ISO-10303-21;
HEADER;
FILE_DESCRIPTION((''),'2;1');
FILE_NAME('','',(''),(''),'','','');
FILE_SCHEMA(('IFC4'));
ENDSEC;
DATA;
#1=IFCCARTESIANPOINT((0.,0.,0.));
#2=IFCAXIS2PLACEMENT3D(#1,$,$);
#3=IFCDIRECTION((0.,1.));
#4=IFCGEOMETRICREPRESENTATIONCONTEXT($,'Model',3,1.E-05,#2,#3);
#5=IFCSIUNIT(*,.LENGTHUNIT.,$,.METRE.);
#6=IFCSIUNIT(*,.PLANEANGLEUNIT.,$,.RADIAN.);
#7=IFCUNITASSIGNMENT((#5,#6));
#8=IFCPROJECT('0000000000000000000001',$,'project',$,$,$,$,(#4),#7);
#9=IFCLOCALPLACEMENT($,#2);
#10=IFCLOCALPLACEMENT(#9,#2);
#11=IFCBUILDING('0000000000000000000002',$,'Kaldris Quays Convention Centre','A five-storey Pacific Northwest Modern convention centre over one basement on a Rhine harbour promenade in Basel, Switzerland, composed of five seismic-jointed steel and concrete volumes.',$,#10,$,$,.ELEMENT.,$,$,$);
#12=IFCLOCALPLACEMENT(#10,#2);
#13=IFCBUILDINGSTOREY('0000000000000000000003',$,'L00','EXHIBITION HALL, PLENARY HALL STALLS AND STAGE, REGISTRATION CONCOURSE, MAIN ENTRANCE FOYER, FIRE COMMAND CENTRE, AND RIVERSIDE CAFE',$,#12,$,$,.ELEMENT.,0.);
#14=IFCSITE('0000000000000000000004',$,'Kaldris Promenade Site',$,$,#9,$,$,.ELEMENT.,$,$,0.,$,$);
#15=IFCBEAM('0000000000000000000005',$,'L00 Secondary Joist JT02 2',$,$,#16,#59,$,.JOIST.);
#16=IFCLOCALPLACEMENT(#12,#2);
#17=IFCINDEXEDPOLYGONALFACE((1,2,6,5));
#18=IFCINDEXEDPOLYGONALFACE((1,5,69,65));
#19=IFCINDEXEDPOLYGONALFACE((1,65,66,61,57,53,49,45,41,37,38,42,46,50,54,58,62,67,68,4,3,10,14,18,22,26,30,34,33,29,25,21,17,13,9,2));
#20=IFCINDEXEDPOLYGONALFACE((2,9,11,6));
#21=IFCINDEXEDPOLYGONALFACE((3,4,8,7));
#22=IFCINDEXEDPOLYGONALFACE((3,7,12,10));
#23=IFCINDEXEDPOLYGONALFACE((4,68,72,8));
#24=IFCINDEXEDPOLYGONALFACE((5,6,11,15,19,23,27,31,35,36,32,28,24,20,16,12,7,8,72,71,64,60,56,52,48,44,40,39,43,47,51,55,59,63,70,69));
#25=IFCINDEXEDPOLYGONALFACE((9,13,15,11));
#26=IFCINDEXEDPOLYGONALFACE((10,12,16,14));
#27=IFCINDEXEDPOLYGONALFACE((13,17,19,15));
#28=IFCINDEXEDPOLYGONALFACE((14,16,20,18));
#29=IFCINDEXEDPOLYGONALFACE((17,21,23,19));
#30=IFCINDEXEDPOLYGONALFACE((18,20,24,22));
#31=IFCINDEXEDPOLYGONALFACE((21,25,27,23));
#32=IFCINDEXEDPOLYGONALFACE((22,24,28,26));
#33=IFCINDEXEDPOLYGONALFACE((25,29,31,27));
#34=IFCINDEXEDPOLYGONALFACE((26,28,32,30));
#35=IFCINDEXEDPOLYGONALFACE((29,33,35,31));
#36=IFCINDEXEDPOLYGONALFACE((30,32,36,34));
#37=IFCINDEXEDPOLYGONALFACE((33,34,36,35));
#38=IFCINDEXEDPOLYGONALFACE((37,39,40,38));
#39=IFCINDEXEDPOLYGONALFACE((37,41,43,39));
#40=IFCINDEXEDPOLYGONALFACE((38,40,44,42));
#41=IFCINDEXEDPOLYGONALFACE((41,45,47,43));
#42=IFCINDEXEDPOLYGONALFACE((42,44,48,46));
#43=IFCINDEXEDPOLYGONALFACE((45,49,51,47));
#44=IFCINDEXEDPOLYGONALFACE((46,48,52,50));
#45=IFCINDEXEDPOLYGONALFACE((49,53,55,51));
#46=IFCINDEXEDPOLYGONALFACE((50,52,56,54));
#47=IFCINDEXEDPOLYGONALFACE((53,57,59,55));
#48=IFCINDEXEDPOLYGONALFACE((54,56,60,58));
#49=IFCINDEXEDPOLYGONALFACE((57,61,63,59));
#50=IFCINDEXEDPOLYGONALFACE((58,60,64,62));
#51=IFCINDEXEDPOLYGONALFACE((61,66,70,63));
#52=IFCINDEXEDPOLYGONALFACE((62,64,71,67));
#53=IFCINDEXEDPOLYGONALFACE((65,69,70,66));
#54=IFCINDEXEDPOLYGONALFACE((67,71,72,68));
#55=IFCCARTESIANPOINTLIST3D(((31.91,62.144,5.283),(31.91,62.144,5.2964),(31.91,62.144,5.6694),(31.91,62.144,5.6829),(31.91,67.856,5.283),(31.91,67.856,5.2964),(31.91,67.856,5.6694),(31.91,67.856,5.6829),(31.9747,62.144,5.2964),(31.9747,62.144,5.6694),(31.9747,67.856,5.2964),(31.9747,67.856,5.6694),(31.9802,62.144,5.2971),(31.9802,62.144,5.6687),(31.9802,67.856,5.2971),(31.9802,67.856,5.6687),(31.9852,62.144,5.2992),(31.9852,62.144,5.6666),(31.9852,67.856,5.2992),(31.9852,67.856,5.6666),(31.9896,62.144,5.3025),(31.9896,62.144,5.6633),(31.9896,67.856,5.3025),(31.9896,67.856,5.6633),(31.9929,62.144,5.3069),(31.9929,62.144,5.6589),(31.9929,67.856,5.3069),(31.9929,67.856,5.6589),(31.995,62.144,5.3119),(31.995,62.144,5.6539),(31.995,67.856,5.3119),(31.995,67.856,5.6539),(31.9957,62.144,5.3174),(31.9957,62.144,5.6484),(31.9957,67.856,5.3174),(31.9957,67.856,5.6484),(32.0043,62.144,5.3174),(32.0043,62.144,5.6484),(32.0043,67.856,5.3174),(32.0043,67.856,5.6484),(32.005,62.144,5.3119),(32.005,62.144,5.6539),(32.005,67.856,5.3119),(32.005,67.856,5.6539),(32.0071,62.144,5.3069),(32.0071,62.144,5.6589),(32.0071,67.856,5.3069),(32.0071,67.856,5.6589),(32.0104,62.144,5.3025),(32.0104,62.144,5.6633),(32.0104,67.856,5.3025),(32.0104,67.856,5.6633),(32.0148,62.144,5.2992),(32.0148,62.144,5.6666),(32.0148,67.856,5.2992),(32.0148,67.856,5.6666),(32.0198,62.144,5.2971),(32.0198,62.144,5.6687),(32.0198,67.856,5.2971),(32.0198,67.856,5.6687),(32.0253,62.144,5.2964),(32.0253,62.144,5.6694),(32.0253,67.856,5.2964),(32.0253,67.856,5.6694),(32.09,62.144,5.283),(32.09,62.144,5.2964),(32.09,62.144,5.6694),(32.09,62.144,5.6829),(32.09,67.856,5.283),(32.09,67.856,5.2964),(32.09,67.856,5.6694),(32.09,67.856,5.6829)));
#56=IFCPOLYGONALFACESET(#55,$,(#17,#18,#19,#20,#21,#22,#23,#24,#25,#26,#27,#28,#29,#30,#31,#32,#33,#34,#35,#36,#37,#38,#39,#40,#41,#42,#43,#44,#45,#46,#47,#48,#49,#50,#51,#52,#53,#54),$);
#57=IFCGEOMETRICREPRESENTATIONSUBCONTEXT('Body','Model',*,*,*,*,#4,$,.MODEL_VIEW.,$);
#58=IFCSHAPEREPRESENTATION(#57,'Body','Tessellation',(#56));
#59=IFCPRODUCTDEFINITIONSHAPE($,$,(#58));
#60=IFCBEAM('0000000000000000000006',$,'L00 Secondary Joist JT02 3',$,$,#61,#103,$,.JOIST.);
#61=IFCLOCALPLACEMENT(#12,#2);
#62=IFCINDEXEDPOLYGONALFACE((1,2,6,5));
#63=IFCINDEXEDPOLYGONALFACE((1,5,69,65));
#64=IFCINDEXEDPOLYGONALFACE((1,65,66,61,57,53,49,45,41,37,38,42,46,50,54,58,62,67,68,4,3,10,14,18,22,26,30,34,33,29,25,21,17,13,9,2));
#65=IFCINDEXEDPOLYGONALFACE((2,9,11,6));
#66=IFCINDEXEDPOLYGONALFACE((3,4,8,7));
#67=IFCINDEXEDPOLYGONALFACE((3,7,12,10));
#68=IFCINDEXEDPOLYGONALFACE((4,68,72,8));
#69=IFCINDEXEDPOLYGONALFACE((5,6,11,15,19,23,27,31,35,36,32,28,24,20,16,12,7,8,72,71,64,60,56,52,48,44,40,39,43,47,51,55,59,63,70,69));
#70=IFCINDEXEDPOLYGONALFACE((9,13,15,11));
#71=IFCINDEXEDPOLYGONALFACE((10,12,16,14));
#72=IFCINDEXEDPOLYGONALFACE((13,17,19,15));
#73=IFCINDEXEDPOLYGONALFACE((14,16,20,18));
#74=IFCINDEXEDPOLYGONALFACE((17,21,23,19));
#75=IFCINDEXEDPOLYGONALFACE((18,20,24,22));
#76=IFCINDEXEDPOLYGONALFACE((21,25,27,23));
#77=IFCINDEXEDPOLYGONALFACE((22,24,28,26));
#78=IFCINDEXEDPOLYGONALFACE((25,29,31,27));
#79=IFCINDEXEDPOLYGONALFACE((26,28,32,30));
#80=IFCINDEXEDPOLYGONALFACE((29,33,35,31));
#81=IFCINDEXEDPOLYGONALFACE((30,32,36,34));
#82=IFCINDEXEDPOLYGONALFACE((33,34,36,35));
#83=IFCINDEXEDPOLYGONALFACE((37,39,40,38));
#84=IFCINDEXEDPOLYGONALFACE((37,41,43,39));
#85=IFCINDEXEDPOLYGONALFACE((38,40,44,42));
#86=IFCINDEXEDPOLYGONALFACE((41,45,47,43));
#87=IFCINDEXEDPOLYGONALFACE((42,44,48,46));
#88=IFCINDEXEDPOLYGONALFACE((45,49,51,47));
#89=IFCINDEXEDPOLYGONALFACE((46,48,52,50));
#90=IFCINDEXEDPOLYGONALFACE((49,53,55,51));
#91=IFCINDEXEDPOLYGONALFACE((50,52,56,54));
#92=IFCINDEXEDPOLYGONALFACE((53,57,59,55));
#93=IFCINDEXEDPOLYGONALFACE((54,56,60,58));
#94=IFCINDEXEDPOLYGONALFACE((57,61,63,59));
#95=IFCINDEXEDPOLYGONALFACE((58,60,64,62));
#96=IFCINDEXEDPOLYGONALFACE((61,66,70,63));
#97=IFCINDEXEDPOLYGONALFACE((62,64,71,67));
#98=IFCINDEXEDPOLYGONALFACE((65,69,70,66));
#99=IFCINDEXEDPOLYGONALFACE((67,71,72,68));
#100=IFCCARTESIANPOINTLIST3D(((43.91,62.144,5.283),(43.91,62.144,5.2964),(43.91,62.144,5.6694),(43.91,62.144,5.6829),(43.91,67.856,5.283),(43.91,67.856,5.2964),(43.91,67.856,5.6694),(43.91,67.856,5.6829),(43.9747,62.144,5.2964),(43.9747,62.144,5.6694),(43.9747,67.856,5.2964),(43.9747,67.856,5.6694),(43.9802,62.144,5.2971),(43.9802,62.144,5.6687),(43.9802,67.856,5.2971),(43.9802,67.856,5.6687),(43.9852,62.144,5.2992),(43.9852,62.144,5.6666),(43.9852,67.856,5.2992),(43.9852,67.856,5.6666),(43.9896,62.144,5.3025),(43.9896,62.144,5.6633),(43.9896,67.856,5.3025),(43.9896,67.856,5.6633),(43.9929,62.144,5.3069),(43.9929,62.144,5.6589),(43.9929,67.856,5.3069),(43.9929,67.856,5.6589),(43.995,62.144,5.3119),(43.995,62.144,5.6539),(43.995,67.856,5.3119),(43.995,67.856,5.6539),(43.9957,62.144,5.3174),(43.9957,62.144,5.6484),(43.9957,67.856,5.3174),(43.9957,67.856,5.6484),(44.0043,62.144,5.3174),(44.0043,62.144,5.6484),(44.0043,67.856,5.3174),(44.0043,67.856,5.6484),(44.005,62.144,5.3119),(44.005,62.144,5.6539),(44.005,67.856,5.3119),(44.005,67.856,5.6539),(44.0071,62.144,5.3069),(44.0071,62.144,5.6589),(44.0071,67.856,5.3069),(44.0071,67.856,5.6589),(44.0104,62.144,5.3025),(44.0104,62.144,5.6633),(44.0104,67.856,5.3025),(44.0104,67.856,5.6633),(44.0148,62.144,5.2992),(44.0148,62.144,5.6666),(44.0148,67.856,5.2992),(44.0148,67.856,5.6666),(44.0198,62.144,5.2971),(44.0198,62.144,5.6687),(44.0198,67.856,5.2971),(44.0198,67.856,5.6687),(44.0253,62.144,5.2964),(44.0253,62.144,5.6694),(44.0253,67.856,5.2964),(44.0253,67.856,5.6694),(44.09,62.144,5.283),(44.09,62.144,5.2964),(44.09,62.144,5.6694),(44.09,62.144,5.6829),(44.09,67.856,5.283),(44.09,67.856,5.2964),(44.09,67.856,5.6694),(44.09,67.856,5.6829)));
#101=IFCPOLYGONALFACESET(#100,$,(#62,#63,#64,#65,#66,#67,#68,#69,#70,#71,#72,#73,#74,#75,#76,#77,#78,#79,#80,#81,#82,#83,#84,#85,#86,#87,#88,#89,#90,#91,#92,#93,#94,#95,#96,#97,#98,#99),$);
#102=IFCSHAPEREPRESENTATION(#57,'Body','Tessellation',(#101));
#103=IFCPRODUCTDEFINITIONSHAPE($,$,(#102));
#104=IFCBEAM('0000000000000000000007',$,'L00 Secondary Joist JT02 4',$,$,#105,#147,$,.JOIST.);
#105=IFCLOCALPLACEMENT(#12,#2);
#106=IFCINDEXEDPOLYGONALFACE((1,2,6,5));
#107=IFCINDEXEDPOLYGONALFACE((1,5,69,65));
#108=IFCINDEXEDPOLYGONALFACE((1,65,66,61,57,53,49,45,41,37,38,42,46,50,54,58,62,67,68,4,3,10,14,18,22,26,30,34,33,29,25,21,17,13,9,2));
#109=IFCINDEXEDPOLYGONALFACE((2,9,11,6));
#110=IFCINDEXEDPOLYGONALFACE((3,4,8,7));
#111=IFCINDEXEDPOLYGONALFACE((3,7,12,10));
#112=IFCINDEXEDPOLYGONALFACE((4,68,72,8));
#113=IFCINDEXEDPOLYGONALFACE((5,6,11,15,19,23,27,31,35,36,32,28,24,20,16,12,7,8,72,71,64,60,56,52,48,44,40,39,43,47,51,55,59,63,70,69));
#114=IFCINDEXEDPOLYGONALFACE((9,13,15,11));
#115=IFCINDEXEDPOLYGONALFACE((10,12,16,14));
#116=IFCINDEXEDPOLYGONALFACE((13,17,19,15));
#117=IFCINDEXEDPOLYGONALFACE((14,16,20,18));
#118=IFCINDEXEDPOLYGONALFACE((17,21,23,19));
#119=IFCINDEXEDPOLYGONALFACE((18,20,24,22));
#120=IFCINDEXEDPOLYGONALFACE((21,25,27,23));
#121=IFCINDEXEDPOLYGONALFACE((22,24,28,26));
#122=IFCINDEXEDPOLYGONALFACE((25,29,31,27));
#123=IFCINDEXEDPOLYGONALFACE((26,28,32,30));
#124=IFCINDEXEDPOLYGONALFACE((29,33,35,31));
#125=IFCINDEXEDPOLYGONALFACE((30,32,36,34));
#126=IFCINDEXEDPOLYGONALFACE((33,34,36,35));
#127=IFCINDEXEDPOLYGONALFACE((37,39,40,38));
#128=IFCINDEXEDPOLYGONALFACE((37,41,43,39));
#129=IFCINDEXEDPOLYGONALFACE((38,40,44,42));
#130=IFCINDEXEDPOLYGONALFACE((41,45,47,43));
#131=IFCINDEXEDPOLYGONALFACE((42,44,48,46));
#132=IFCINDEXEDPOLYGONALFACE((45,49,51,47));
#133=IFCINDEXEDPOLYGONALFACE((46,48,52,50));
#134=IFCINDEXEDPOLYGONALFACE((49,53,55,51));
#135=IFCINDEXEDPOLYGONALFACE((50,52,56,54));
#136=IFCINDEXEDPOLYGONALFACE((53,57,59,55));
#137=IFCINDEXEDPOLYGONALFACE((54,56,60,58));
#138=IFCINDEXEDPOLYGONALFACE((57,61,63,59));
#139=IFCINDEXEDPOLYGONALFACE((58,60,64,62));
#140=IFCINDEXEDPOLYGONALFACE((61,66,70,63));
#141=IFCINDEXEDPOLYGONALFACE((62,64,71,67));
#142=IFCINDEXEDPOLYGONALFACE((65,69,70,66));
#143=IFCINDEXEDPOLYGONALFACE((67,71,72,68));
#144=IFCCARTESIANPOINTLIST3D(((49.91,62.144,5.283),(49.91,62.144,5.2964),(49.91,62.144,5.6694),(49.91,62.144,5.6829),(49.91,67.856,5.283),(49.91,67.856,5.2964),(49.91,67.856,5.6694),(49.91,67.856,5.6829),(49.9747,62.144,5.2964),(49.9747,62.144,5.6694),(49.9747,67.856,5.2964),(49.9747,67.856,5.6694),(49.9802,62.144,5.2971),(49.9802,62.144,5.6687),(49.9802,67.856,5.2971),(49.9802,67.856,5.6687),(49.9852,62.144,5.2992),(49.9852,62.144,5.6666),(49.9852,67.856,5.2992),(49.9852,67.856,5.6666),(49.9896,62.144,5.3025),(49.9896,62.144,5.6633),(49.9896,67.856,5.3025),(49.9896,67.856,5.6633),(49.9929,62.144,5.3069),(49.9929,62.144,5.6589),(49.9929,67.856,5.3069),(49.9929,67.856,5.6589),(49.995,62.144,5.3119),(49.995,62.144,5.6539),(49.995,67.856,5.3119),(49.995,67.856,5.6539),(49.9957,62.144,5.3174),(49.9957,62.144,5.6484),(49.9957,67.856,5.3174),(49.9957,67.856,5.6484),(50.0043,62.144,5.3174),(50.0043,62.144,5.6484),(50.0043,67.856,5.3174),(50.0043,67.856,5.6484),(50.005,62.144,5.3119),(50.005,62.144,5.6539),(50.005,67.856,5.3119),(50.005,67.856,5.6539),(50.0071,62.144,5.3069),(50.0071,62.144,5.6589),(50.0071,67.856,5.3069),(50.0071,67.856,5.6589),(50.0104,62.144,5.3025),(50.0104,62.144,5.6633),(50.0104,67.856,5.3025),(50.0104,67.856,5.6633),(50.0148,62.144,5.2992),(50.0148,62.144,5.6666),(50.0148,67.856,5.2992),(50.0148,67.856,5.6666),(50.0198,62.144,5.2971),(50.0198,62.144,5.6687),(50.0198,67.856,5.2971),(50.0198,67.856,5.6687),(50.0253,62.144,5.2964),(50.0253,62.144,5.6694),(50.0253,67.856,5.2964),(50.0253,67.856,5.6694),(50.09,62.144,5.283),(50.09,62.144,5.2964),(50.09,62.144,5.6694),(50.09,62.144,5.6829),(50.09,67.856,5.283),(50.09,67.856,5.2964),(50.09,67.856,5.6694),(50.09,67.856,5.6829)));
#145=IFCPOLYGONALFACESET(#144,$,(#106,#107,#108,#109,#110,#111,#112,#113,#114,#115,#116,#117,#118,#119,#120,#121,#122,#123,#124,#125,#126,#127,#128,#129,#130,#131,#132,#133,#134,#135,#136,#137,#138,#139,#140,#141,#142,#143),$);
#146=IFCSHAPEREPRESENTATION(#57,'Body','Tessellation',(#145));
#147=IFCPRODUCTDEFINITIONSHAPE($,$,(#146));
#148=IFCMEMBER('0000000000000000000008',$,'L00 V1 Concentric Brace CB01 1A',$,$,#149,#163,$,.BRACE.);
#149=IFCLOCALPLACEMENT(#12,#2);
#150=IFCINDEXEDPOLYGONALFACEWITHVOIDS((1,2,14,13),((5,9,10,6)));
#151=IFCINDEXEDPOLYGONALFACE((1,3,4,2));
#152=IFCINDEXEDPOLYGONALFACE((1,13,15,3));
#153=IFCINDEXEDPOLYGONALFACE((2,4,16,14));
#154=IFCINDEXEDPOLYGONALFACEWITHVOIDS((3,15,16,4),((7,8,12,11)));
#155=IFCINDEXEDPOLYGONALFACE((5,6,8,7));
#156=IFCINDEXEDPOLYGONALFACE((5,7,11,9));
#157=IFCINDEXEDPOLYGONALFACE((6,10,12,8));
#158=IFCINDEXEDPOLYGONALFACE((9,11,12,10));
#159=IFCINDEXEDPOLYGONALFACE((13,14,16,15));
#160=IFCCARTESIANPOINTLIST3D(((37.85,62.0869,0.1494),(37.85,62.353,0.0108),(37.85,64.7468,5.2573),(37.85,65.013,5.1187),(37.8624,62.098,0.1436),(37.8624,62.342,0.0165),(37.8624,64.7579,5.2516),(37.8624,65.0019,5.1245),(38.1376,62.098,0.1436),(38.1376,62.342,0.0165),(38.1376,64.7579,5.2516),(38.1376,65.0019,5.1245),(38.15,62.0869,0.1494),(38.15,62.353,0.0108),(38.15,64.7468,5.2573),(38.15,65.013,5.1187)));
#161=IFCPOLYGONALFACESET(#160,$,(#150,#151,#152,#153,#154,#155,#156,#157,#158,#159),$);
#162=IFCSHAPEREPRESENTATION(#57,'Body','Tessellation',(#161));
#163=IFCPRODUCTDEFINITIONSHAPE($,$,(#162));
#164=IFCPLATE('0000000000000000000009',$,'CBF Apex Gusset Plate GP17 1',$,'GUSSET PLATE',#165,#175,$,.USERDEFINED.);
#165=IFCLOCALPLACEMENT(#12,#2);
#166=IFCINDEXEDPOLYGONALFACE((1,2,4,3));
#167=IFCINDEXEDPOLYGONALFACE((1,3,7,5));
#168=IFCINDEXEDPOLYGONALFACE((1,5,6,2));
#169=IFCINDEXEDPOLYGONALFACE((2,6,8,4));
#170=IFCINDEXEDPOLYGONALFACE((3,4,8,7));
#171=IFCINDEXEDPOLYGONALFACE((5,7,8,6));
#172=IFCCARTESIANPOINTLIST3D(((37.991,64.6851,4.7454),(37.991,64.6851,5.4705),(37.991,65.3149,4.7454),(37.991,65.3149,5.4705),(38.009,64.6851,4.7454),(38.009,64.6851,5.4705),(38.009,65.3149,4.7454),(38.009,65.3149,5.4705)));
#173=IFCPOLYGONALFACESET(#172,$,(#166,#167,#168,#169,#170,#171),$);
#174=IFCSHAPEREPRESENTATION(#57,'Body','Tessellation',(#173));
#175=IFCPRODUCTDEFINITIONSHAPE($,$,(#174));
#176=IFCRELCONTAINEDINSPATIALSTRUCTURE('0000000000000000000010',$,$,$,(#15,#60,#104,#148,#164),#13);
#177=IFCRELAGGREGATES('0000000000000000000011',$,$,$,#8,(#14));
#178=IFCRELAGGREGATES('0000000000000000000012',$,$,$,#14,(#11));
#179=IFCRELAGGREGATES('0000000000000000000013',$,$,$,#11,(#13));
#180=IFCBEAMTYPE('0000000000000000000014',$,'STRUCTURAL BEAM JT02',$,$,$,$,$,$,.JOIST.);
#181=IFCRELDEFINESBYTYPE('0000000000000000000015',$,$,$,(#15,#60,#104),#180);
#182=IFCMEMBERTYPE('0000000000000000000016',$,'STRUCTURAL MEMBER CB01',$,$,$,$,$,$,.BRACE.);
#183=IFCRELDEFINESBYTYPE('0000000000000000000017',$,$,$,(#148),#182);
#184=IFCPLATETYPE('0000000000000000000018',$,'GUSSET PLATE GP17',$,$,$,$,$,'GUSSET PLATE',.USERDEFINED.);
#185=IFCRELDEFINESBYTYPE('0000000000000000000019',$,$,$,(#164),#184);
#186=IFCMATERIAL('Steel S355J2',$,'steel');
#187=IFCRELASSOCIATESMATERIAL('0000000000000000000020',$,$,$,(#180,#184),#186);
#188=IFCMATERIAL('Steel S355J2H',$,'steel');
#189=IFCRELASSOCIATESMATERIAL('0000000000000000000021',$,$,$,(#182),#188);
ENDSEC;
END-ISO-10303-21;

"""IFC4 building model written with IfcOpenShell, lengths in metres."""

from ifc_helpers import new_model, si_unit, direction, frame, origin, origin_2d, place, context, subcontext, project, spatial, rectangle, hollow_rectangle, i_section, extrude, material, material_profile, profile_set, type_object, element, save


model = new_model("IFC4")

# Units and contexts
model_context = context("Model", 3, precision=1e-05, world=origin(), true_north=direction((0.0, 1.0)))
body_context = subcontext(model_context, "Body", "Model", "MODEL_VIEW")
ifc_project = project(units=[si_unit("LENGTHUNIT", "METRE"), si_unit("PLANEANGLEUNIT", "RADIAN")], contexts=[model_context])

# Site, building, storey
site_placement = place(None, origin())
site = spatial("IfcSite", under=ifc_project, at=site_placement, Name="Kaldris Promenade Site", CompositionType="ELEMENT", RefElevation=0.0)
building_placement = place(site_placement, origin())
building = spatial("IfcBuilding", under=site, at=building_placement, Name="Kaldris Quays Convention Centre", Description="A five-storey Pacific Northwest Modern convention centre over one basement on a Rhine harbour promenade in Basel, Switzerland, composed of five seismic-jointed steel and concrete volumes.", CompositionType="ELEMENT")
storey_placement = place(building_placement, origin())
storey = spatial("IfcBuildingStorey", under=building, at=storey_placement, Name="L00", Description="EXHIBITION HALL, PLENARY HALL STALLS AND STAGE, REGISTRATION CONCOURSE, MAIN ENTRANCE FOYER, FIRE COMMAND CENTRE, AND RIVERSIDE CAFE", CompositionType="ELEMENT", Elevation=0.0)

# Shared definitions
ifc_material_1 = material(Name="Steel S355J2", Category="steel")

# Beams
ifc_material_profile_1 = material_profile(ifc_material_1, i_section(OverallWidth=0.1799, OverallDepth=0.3999, WebThickness=0.0085, FlangeThickness=0.0134, FilletRadius=0.021, at=origin_2d()), Name="IPE 400")
ifc_profile_set_1 = profile_set([ifc_material_profile_1], Name="Steel S355J2")
beam_type_1 = type_object("IfcBeamType", Name="STRUCTURAL BEAM JT02", PredefinedType="JOIST", material=ifc_profile_set_1)
for number, where, z_axis, x_axis, name in (
    (1, (32.0, 62.144, 5.4829), (0.0, 1.0, 0.0), (-1.0, 0.0, 0.0), "L00 Secondary Joist JT02 2"),
    (2, (44.0, 62.144, 5.4829), (0.0, 1.0, 0.0), (-1.0, 0.0, 0.0), "L00 Secondary Joist JT02 3"),
    (3, (50.0, 62.144, 5.4829), (0.0, 1.0, 0.0), (-1.0, 0.0, 0.0), "L00 Secondary Joist JT02 4"),
):
    element("IfcBeam", number, at=place(storey_placement, frame(where, z_axis=z_axis, x_axis=x_axis)), inside=storey, type_object=beam_type_1, Name=name, PredefinedType="JOIST", context=body_context, shape_type="SweptSolid", body=[
        extrude(i_section(OverallWidth=0.1799, OverallDepth=0.3999, WebThickness=0.0085, FlangeThickness=0.0134, FilletRadius=0.021, at=origin_2d()), origin(), (0.0, 0.0, 1.0), 5.7119),
    ])

# Member
ifc_material_2 = material(Name="Steel S355J2H", Category="steel")
ifc_material_profile_2 = material_profile(ifc_material_2, hollow_rectangle(XDim=0.3, YDim=0.3, WallThickness=0.0125, at=origin_2d()), Name="SHS 300x300x12.5")
ifc_profile_set_2 = profile_set([ifc_material_profile_2], Name="Steel S355J2H")
member_type = type_object("IfcMemberType", Name="STRUCTURAL MEMBER CB01", PredefinedType="BRACE", material=ifc_profile_set_2)
member_placement = place(storey_placement, frame((38.0, 62.22, 0.0801), z_axis=(0.0, 0.461872, 0.886947), x_axis=(-1.0, 0.0, 0.0)))
element("IfcMember", 4, at=member_placement, inside=storey, type_object=member_type, Name="L00 V1 Concentric Brace CB01 1A", PredefinedType="BRACE", context=body_context, shape_type="SweptSolid", body=[
    extrude(hollow_rectangle(XDim=0.3, YDim=0.3, WallThickness=0.0125, at=origin_2d()), origin(), (0.0, 0.0, 1.0), 5.759),
])

# Plate
plate_type = type_object("IfcPlateType", Name="GUSSET PLATE GP17", ElementType="GUSSET PLATE", PredefinedType="USERDEFINED", material=ifc_material_1)
plate_placement = place(storey_placement, frame((38.0, 65.0, 4.7454), z_axis=(0.0, 0.0, 1.0), x_axis=(1.0, 0.0, 0.0)))
element("IfcPlate", 5, at=plate_placement, inside=storey, type_object=plate_type, Name="CBF Apex Gusset Plate GP17 1", ObjectType="GUSSET PLATE", PredefinedType="USERDEFINED", context=body_context, shape_type="SweptSolid", body=[
    extrude(rectangle(XDim=0.0181, YDim=0.6299, at=origin_2d()), origin(), (0.0, 0.0, 1.0), 0.7251),
])

save(model, "model.ifc")
